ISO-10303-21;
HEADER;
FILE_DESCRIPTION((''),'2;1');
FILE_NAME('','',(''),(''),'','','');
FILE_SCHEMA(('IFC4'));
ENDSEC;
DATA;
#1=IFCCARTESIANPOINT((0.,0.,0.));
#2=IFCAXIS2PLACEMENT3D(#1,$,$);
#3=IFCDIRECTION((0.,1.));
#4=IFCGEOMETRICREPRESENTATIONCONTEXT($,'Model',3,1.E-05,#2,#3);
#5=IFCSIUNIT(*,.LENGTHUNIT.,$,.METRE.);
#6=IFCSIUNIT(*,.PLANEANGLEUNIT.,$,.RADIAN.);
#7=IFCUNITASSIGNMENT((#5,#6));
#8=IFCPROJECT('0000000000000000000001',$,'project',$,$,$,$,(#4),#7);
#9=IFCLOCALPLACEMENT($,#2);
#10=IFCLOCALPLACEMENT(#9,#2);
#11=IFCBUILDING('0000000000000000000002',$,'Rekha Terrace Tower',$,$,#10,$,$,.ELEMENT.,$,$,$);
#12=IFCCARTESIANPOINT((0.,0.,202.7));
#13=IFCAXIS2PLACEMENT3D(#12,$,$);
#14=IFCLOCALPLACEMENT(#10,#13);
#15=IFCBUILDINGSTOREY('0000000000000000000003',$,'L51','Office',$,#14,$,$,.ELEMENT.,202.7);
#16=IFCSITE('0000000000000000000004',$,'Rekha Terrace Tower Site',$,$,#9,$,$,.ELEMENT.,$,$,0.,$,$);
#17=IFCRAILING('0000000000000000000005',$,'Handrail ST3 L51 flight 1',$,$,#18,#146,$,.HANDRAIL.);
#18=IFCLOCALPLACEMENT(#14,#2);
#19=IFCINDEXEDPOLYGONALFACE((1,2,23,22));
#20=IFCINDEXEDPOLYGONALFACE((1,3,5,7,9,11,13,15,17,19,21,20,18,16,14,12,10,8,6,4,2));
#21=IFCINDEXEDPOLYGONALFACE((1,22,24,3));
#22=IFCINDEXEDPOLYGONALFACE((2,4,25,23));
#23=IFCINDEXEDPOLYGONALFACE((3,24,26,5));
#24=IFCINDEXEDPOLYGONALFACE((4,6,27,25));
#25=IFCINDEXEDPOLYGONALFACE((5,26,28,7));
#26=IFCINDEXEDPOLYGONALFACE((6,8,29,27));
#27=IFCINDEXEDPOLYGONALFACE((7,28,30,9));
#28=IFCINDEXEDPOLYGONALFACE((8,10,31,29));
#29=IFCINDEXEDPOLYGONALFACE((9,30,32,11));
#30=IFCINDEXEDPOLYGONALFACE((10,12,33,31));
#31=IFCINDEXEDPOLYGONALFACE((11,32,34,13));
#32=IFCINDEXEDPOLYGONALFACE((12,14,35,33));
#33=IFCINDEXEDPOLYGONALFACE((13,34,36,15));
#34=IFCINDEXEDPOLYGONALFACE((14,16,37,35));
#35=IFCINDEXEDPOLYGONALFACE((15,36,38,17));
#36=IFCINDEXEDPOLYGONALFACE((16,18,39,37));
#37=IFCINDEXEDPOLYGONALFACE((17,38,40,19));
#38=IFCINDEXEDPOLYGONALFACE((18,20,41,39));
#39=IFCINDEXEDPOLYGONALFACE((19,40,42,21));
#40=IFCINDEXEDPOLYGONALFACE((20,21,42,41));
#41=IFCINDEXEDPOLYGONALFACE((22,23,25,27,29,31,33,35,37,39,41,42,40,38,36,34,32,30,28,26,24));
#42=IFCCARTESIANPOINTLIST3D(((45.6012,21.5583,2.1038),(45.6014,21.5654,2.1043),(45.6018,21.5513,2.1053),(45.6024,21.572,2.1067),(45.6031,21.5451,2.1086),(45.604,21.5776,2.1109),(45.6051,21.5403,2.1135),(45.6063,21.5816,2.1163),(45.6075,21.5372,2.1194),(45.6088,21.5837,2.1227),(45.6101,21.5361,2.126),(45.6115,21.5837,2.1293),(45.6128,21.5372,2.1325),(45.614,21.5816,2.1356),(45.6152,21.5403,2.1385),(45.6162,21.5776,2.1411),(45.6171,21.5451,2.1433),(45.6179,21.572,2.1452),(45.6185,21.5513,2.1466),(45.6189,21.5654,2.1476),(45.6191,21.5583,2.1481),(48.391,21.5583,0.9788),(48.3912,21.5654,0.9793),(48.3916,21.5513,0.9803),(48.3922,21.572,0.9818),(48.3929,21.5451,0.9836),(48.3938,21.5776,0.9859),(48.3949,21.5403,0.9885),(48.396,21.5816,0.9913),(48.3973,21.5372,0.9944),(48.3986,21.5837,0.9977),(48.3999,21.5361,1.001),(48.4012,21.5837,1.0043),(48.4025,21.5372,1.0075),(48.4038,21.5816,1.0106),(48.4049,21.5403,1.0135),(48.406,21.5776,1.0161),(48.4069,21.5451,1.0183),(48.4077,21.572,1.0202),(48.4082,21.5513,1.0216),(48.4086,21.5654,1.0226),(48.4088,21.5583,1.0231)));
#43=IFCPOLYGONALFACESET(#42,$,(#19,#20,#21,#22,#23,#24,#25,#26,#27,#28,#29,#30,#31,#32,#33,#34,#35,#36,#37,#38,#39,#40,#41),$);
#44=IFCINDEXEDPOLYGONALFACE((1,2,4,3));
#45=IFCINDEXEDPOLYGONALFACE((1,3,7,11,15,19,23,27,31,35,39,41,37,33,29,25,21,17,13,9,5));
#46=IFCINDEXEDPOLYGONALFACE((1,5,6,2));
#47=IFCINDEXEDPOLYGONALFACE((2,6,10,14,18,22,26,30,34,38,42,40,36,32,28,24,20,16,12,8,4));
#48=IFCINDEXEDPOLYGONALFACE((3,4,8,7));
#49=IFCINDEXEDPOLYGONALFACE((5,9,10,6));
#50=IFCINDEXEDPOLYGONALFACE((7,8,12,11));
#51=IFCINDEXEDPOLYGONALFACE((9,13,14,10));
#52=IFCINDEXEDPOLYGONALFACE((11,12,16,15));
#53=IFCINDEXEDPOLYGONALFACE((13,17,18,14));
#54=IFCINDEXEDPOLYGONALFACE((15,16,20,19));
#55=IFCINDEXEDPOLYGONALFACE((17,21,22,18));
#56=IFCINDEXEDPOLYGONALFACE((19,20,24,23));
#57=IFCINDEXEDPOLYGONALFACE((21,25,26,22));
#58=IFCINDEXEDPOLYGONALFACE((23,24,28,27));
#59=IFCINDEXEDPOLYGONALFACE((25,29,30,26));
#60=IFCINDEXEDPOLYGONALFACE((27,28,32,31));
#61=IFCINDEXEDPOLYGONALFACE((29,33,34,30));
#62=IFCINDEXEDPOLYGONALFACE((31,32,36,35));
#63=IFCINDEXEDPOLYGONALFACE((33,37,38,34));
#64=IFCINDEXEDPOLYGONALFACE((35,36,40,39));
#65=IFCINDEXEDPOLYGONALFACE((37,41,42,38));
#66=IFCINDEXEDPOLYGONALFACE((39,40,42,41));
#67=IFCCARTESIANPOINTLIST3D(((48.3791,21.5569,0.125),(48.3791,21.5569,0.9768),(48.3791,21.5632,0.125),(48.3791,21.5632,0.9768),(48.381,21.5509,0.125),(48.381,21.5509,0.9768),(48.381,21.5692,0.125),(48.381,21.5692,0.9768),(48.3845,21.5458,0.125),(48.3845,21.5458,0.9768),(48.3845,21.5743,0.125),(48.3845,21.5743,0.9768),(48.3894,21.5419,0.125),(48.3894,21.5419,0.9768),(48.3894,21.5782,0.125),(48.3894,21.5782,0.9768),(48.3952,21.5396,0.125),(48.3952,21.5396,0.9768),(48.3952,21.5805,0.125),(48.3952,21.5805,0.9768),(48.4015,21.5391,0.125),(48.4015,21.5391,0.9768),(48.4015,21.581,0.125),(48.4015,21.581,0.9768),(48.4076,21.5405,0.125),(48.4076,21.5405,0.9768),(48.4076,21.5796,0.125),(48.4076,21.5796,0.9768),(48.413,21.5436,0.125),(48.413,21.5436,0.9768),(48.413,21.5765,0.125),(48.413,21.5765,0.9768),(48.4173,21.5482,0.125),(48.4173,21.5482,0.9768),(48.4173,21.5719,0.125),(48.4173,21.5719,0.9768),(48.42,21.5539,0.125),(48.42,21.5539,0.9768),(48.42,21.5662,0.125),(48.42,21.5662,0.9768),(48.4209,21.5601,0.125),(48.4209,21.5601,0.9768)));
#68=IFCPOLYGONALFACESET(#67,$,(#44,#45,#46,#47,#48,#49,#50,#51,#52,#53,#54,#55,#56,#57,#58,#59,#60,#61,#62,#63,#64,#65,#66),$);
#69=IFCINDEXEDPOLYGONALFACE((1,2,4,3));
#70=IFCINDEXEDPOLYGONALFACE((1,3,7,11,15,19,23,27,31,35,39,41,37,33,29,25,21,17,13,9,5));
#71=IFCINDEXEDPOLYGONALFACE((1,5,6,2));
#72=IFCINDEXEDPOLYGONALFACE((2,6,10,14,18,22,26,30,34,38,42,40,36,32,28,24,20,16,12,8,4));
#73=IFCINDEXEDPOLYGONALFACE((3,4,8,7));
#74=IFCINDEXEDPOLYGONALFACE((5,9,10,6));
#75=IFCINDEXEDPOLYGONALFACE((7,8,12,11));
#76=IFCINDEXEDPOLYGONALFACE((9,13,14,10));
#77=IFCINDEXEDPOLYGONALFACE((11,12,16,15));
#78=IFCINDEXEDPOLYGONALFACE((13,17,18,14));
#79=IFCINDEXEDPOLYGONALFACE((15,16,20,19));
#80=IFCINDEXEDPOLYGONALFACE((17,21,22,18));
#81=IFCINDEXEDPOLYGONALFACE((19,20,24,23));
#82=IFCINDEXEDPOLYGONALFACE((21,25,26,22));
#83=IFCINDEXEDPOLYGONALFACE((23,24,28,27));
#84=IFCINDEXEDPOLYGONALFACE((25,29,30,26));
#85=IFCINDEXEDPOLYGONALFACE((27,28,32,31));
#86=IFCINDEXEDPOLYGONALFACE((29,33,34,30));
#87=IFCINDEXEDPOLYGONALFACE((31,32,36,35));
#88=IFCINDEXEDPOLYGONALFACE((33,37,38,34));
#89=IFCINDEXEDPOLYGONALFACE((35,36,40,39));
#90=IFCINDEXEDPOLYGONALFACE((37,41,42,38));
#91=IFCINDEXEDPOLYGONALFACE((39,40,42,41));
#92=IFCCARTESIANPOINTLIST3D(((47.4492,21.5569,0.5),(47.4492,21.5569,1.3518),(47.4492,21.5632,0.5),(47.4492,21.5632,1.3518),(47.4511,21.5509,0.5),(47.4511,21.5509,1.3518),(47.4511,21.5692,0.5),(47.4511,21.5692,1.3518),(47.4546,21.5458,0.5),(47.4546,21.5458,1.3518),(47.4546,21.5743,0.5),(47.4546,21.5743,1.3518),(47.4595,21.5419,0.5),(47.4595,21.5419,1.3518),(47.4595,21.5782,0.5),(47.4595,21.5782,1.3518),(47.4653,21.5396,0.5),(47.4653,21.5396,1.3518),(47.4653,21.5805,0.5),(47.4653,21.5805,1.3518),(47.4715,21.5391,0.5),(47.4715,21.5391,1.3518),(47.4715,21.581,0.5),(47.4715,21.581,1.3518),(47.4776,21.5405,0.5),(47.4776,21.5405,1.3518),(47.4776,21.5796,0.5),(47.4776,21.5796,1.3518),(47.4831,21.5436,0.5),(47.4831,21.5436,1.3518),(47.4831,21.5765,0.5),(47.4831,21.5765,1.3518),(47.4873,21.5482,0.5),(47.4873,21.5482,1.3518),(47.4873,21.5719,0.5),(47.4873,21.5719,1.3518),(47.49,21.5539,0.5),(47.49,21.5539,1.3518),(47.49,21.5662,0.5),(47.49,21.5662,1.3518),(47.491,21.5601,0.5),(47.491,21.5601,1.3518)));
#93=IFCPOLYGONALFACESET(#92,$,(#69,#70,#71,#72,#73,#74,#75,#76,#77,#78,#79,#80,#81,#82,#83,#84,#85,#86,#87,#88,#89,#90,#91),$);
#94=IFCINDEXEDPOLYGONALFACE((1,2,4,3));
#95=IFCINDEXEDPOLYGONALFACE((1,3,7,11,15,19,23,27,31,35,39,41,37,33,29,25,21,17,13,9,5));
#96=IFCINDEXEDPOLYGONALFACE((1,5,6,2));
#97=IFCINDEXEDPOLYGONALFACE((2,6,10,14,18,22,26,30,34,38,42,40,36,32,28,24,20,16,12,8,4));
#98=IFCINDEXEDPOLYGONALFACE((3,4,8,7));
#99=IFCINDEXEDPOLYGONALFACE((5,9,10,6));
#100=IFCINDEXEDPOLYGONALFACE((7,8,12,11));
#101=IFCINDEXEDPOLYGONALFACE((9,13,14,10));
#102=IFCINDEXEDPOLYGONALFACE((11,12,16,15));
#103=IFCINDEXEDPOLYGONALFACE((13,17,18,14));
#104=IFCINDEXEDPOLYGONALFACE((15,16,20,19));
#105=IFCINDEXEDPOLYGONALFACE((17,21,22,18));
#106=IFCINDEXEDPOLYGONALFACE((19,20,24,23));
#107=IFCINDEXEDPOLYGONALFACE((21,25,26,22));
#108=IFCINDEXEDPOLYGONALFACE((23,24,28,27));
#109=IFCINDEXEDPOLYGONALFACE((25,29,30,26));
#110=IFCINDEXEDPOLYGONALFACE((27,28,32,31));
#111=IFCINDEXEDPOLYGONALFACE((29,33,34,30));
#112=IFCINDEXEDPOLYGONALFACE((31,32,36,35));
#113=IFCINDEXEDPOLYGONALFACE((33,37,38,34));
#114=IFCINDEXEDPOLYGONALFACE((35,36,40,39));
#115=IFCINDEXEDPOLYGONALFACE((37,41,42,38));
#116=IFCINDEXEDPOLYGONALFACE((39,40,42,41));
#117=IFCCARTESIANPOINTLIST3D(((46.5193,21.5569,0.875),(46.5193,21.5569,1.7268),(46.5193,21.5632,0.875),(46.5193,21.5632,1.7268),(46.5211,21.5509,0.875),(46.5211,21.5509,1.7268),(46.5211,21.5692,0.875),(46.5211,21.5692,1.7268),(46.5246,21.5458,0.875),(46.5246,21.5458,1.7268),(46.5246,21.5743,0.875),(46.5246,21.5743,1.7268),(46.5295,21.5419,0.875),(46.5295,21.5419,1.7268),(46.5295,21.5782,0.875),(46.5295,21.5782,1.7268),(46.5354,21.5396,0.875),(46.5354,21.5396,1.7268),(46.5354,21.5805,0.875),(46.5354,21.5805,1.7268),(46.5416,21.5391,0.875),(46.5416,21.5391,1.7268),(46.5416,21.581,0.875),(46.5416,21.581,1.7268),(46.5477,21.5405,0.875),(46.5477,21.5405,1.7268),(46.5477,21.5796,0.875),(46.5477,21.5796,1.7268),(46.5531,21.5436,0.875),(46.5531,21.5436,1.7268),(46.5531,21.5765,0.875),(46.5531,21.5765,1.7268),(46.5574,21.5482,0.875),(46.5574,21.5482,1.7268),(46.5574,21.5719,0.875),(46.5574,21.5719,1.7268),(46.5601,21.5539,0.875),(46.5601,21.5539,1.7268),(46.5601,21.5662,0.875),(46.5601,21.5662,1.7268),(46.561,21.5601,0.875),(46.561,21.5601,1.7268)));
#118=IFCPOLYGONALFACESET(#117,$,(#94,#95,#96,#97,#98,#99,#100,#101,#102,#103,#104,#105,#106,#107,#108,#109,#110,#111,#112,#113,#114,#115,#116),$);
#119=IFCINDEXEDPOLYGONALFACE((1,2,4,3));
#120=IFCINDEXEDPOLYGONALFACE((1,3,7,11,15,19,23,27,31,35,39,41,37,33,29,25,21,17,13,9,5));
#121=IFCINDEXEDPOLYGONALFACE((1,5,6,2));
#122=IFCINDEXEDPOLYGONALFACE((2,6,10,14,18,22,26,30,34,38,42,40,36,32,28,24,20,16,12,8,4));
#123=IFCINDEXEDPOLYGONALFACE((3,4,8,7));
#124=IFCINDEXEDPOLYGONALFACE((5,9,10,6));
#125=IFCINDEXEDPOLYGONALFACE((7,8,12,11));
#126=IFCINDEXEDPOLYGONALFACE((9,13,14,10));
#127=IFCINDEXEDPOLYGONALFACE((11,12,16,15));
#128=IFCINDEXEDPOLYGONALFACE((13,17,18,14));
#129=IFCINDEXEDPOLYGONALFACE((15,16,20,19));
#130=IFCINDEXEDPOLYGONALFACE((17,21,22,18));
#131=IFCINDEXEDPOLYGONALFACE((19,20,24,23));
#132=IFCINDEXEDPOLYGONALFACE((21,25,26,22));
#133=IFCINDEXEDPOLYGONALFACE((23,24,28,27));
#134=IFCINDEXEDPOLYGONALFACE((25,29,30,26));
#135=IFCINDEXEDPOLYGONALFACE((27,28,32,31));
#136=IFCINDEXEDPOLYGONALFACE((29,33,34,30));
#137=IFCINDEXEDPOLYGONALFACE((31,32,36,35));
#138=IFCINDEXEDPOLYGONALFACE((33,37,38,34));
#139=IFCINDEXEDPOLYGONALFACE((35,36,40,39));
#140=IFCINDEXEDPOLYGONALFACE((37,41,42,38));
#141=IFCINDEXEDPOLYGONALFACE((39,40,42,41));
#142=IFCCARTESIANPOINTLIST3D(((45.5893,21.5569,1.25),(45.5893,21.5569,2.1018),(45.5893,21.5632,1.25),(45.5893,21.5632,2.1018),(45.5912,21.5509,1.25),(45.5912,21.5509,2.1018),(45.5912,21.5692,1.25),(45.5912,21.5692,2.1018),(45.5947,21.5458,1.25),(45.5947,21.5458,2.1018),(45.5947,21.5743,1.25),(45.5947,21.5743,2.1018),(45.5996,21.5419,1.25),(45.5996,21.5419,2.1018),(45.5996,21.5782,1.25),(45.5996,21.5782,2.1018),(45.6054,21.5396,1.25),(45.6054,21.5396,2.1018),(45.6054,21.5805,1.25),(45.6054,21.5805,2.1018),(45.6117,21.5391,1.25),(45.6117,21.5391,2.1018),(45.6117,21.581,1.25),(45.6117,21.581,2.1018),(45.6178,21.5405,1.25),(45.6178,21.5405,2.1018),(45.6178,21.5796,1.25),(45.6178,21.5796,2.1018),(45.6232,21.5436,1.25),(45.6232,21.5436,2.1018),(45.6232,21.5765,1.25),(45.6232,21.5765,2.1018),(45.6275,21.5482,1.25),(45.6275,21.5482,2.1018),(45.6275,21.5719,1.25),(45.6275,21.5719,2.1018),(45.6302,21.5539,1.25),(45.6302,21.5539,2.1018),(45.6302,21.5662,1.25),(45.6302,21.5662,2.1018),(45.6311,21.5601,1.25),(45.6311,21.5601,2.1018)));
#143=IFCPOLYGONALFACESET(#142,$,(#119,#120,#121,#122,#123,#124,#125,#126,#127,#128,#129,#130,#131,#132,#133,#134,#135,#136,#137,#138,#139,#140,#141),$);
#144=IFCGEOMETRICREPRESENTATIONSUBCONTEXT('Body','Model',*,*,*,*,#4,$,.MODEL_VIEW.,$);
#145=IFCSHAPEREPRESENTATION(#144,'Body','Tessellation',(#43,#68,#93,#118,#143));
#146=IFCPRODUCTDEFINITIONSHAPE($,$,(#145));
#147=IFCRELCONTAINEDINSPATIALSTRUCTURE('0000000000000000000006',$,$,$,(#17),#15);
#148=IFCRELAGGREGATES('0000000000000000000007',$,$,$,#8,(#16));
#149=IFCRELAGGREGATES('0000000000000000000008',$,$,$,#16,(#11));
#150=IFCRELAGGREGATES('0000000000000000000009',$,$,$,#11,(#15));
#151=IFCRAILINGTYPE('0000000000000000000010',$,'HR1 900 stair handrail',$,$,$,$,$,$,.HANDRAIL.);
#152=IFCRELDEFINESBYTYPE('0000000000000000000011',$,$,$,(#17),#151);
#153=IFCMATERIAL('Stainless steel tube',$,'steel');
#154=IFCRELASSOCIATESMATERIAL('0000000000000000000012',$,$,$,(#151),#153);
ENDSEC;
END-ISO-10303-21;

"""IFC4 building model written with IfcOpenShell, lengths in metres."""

from ifc_helpers import new_model, si_unit, direction, frame, origin, origin_2d, place, context, subcontext, project, spatial, circle, extrude, material, type_object, element, save


model = new_model("IFC4")

# Units and contexts
model_context = context("Model", 3, precision=1e-05, world=origin(), true_north=direction((0.0, 1.0)))
body_context = subcontext(model_context, "Body", "Model", "MODEL_VIEW")
ifc_project = project(units=[si_unit("LENGTHUNIT", "METRE"), si_unit("PLANEANGLEUNIT", "RADIAN")], contexts=[model_context])

# Site, building, storey
site_placement = place(None, origin())
site = spatial("IfcSite", under=ifc_project, at=site_placement, Name="Rekha Terrace Tower Site", CompositionType="ELEMENT", RefElevation=0.0)
building_placement = place(site_placement, origin())
building = spatial("IfcBuilding", under=site, at=building_placement, Name="Rekha Terrace Tower", CompositionType="ELEMENT")
storey_placement = place(building_placement, frame((0.0, 0.0, 202.7)))
storey = spatial("IfcBuildingStorey", under=building, at=storey_placement, Name="L51", Description="Office", CompositionType="ELEMENT", Elevation=202.7)

# Railing
ifc_material_1 = material(Name="Stainless steel tube", Category="steel")
railing_type_1 = type_object("IfcRailingType", Name="HR1 900 stair handrail", PredefinedType="HANDRAIL", material=ifc_material_1)
railing_1_placement = place(storey_placement, frame((48.3999, 21.5601, 0.125)))
element("IfcRailing", 1, at=railing_1_placement, inside=storey, type_object=railing_type_1, Name="Handrail ST3 L51 flight 1", PredefinedType="HANDRAIL", context=body_context, shape_type="SweptSolid", body=[
    extrude(circle(Radius=0.0239, at=origin_2d()), frame((0.0, 0.0, 0.876), z_axis=(-0.927432, 0.0, 0.373992), x_axis=(0.0, -1.0, 0.0)), (0.0, 0.0, 1.0), 3.0081),
    extrude(circle(Radius=0.021, at=origin_2d()), origin(), (0.0, 0.0, 1.0), 0.8518),
    extrude(circle(Radius=0.021, at=origin_2d()), frame((-0.9299, 0.0, 0.375)), (0.0, 0.0, 1.0), 0.8518),
    extrude(circle(Radius=0.021, at=origin_2d()), frame((-1.8599, 0.0, 0.75)), (0.0, 0.0, 1.0), 0.8518),
    extrude(circle(Radius=0.021, at=origin_2d()), frame((-2.7898, 0.0, 1.125)), (0.0, 0.0, 1.0), 0.8518),
])

save(model, "model.ifc")
